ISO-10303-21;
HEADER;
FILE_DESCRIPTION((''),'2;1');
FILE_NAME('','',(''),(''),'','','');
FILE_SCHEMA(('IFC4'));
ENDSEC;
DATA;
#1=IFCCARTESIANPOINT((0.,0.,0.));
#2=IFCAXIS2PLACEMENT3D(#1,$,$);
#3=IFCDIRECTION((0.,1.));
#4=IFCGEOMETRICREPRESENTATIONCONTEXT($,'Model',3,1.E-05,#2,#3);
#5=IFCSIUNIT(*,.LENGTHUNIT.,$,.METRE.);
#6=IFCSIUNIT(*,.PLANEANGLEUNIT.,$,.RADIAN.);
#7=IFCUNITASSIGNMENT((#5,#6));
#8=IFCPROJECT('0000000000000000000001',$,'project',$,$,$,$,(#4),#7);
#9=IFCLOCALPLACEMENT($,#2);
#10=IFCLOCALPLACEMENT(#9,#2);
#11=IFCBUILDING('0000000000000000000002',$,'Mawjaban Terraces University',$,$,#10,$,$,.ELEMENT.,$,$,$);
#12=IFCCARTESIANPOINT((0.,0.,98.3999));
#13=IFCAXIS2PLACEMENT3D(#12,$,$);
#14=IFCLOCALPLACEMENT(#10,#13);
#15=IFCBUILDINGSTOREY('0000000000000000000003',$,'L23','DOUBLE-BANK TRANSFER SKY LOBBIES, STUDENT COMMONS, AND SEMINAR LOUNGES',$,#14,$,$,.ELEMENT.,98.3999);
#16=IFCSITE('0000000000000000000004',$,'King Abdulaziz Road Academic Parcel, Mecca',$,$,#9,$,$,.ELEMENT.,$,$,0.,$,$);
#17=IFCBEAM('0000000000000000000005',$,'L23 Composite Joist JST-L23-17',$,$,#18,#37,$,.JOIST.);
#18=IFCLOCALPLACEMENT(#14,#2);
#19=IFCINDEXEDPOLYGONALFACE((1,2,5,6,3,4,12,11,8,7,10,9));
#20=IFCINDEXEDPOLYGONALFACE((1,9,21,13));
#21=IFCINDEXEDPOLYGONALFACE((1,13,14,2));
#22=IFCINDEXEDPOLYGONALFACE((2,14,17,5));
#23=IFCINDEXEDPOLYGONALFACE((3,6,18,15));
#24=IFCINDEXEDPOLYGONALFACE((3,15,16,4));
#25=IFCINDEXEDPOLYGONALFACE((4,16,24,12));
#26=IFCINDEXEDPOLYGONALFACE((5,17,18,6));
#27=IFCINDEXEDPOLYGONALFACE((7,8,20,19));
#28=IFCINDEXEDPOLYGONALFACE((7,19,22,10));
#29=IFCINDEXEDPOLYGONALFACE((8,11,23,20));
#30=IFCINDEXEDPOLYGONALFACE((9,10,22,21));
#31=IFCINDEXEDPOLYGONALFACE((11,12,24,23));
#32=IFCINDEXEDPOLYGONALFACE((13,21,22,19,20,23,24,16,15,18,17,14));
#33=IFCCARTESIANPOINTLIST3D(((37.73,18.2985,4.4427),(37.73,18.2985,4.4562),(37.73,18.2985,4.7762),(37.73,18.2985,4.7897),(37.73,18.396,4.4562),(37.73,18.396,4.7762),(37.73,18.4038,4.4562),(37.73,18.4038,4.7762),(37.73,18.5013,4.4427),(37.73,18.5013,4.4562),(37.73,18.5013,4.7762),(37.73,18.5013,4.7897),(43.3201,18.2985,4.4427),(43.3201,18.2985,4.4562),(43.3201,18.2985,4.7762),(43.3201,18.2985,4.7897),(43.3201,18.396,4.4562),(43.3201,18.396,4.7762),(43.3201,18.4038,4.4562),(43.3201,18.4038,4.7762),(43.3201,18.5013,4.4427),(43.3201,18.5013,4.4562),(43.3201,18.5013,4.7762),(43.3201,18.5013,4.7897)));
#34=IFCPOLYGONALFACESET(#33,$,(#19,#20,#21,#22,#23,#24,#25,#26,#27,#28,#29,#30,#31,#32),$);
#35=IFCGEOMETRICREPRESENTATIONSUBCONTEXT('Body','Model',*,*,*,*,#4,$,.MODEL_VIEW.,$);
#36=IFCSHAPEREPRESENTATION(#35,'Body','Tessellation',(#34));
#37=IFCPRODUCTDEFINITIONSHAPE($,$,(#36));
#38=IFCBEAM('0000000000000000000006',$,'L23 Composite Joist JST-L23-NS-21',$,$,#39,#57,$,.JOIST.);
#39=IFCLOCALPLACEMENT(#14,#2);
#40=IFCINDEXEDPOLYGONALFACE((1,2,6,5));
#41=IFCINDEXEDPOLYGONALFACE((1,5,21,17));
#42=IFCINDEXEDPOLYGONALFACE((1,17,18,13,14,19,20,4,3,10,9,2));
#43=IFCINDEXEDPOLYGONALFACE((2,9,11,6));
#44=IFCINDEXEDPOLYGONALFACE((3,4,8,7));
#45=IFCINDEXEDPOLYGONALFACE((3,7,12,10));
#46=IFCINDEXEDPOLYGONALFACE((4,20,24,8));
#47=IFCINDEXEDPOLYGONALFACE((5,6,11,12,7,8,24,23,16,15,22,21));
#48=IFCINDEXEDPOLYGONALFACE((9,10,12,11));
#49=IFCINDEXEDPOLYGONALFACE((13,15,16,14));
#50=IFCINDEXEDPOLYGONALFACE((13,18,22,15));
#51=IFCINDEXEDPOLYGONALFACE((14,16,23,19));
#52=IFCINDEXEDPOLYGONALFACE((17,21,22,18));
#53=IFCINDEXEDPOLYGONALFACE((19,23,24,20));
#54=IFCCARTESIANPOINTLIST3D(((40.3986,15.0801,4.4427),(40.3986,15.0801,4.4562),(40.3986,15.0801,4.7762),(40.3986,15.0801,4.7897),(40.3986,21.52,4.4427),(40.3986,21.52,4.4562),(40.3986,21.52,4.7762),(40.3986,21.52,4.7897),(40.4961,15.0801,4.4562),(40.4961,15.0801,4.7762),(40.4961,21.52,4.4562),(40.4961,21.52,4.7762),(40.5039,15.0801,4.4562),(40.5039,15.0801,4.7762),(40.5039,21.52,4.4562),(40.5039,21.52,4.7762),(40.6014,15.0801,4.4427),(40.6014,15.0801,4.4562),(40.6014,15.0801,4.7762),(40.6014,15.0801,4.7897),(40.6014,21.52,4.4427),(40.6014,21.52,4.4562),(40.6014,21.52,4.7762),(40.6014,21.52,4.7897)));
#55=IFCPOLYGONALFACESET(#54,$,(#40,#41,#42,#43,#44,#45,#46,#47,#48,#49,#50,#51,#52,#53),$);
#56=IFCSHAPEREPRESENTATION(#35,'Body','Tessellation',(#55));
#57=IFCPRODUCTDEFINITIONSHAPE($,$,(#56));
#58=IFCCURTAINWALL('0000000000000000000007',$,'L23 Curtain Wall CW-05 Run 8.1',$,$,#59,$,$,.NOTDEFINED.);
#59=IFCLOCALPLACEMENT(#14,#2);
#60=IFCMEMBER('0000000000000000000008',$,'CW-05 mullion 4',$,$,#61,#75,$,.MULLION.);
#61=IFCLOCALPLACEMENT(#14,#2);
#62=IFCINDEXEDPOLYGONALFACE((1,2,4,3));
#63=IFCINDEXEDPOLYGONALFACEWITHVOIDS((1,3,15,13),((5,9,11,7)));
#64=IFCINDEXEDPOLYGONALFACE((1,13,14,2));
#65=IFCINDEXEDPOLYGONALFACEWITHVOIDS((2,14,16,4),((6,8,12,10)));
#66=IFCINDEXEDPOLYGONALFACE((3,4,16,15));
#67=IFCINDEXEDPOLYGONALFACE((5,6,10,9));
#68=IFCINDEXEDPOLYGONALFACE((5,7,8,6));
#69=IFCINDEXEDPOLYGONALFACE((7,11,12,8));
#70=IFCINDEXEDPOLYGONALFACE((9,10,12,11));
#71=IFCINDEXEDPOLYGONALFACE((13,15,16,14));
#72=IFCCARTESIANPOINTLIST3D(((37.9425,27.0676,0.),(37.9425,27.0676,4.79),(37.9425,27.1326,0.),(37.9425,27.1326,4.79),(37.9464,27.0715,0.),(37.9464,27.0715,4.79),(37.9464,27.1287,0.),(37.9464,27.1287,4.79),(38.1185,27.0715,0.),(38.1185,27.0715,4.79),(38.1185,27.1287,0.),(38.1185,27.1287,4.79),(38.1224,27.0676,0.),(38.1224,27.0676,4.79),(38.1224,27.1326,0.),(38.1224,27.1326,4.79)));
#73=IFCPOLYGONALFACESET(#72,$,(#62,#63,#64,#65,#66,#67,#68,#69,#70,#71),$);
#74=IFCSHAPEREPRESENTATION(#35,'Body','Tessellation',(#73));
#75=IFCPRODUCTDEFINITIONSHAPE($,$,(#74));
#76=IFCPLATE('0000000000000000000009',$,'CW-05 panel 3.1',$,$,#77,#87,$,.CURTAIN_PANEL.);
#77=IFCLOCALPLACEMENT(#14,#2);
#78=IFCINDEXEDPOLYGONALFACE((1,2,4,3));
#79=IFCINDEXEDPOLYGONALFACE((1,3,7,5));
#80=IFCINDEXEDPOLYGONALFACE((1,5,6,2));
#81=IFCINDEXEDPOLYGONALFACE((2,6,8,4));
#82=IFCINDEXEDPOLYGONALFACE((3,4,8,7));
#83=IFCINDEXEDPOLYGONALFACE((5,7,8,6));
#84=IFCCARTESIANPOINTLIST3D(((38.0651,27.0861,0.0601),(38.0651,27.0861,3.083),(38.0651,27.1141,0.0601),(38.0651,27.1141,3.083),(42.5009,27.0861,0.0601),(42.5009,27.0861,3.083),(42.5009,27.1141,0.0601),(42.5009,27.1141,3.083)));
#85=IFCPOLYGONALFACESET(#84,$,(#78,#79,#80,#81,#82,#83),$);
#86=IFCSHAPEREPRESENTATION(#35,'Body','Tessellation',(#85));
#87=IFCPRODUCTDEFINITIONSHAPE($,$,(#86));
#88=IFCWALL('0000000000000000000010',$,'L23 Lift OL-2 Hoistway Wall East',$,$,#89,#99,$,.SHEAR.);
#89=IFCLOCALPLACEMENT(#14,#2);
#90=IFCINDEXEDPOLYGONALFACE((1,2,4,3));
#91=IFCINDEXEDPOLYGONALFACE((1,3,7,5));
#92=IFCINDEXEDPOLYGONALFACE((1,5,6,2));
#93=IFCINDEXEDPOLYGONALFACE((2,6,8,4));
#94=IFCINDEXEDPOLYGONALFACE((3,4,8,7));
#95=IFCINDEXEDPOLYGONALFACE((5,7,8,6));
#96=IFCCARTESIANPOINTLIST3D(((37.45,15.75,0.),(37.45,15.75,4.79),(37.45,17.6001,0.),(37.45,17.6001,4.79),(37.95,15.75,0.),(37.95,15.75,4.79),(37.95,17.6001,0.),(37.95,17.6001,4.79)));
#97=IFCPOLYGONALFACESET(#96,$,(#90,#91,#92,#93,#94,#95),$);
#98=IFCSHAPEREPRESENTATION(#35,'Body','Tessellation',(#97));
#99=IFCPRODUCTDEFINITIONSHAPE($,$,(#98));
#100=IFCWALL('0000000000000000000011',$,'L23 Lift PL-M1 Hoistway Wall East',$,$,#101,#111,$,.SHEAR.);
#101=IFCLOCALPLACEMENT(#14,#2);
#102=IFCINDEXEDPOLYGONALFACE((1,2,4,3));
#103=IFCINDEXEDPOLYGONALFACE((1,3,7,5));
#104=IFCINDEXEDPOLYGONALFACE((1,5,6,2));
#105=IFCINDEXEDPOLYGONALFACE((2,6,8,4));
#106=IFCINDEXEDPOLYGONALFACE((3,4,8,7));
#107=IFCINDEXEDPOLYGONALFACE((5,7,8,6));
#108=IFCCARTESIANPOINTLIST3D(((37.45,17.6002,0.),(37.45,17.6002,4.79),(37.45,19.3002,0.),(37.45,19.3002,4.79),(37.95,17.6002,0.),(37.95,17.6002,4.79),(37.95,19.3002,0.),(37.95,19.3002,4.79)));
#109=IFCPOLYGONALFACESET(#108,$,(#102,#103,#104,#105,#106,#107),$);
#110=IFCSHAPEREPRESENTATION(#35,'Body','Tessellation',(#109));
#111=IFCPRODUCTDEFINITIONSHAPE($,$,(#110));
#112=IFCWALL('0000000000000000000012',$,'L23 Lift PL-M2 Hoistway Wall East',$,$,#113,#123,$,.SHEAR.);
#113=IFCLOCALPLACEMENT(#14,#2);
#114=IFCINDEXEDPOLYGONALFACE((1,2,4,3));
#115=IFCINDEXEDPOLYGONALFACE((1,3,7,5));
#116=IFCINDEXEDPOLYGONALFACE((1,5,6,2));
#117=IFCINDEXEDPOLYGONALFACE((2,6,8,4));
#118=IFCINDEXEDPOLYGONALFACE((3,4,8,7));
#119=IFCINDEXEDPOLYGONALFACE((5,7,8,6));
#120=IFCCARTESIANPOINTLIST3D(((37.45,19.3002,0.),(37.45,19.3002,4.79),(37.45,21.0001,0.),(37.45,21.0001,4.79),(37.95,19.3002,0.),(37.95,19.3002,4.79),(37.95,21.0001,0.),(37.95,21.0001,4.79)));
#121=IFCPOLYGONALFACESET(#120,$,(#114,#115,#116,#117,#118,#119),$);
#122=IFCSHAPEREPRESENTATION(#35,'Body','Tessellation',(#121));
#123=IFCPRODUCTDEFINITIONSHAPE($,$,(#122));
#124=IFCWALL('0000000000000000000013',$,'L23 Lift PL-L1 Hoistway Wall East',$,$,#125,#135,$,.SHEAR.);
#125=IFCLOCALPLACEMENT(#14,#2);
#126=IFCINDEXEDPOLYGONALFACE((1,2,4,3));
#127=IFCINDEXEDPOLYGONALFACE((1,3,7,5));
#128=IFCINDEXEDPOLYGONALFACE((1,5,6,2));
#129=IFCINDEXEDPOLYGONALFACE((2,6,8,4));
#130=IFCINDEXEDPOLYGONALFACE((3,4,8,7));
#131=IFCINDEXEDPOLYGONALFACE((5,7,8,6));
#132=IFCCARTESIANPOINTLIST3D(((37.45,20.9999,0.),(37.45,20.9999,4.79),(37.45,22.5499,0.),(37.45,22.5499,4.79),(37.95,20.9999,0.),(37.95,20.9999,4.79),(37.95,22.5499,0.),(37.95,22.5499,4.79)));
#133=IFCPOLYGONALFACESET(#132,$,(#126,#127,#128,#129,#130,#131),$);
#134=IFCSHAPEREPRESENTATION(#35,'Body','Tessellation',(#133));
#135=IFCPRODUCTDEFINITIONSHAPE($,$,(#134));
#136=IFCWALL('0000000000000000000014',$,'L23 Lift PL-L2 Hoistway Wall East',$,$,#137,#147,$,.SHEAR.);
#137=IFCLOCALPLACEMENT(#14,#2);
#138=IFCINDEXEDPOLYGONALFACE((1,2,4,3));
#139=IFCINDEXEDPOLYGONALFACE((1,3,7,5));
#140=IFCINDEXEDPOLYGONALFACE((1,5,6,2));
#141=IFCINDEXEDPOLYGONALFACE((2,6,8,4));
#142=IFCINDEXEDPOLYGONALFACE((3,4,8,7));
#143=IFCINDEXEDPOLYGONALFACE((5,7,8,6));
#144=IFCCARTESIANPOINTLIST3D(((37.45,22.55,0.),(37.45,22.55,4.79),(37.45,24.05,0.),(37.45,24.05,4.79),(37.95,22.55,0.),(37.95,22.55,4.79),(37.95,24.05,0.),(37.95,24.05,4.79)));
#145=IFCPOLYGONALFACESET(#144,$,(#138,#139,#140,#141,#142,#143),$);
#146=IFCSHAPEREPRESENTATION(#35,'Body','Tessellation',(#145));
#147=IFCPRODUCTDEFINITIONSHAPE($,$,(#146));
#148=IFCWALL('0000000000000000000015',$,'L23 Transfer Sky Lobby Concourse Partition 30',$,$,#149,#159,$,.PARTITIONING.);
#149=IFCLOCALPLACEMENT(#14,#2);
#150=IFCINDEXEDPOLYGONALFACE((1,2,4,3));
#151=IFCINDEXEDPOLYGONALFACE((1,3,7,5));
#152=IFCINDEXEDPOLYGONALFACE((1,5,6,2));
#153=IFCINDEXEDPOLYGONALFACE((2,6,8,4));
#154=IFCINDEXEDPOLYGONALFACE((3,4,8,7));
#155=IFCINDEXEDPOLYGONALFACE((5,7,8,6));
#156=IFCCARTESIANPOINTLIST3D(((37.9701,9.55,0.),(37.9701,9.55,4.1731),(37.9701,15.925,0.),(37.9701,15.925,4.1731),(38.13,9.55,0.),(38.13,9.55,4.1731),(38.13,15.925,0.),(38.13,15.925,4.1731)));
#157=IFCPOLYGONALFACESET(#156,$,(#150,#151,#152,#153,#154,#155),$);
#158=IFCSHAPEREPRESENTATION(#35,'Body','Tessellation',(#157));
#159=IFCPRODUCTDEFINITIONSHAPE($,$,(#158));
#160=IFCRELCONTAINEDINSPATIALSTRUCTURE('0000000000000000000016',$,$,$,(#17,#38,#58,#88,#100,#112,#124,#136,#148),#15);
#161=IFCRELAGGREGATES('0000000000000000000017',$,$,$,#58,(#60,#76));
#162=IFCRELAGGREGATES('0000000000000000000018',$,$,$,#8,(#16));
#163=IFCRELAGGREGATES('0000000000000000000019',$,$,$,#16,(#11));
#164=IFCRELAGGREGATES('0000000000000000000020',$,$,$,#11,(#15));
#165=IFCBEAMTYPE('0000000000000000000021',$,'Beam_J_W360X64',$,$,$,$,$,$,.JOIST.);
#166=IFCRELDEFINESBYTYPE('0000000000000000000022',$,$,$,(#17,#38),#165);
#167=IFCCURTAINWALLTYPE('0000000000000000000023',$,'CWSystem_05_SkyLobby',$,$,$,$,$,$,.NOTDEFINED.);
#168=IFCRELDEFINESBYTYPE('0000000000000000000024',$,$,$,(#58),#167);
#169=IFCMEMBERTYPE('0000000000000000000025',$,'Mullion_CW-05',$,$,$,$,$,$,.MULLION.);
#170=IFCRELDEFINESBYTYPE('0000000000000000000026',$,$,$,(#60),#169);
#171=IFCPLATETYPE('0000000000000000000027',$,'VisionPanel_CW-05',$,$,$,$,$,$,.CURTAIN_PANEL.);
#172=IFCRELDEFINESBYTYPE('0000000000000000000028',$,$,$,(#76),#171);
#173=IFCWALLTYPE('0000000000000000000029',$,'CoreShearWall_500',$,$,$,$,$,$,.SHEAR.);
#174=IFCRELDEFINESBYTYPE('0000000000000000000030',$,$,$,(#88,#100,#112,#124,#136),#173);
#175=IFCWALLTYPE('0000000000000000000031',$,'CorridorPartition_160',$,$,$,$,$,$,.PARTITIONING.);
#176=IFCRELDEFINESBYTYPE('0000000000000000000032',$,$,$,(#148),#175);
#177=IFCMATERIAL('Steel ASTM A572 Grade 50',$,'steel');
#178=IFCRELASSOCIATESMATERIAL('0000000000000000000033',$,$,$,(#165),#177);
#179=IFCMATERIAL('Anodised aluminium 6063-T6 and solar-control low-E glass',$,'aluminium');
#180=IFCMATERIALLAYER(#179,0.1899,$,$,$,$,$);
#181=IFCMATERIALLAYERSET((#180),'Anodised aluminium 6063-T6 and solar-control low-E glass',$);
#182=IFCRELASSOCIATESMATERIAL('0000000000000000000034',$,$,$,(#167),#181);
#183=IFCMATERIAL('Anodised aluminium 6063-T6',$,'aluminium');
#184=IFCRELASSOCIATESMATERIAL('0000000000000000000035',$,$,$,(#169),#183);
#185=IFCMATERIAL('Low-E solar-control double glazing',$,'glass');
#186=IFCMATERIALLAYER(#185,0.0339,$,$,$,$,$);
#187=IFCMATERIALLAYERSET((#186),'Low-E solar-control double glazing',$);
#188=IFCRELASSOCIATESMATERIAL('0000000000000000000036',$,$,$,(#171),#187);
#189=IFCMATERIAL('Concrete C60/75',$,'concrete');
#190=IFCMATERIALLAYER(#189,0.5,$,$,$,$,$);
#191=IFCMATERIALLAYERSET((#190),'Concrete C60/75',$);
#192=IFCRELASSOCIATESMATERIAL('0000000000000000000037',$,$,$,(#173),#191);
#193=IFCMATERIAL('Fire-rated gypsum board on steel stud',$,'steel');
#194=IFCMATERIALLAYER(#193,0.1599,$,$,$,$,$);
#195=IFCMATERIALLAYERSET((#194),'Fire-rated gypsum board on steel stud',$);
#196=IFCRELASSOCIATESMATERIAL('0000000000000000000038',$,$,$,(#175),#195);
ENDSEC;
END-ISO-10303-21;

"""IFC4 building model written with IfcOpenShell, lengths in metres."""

from ifc_helpers import new_model, si_unit, direction, frame, frame_2d, origin, origin_2d, place, context, subcontext, project, spatial, rectangle, hollow_rectangle, i_section, extrude, material, layer, layer_set, material_profile, profile_set, type_object, element, aggregate, save


model = new_model("IFC4")

# Units and contexts
model_context = context("Model", 3, precision=1e-05, world=origin(), true_north=direction((0.0, 1.0)))
body_context = subcontext(model_context, "Body", "Model", "MODEL_VIEW")
ifc_project = project(units=[si_unit("LENGTHUNIT", "METRE"), si_unit("PLANEANGLEUNIT", "RADIAN")], contexts=[model_context])

# Site, building, storey
site_placement = place(None, origin())
site = spatial("IfcSite", under=ifc_project, at=site_placement, Name="King Abdulaziz Road Academic Parcel, Mecca", CompositionType="ELEMENT", RefElevation=0.0)
building_placement = place(site_placement, origin())
building = spatial("IfcBuilding", under=site, at=building_placement, Name="Mawjaban Terraces University", CompositionType="ELEMENT")
storey_placement = place(building_placement, frame((0.0, 0.0, 98.3999)))
storey = spatial("IfcBuildingStorey", under=building, at=storey_placement, Name="L23", Description="DOUBLE-BANK TRANSFER SKY LOBBIES, STUDENT COMMONS, AND SEMINAR LOUNGES", CompositionType="ELEMENT", Elevation=98.3999)

# Beams
ifc_material_1 = material(Name="Steel ASTM A572 Grade 50", Category="steel")
ifc_material_profile_1 = material_profile(ifc_material_1, i_section(OverallWidth=0.2029, OverallDepth=0.3469, WebThickness=0.0078, FlangeThickness=0.0134, at=origin_2d()), Name="W360X64")
ifc_profile_set_1 = profile_set([ifc_material_profile_1], Name="Steel ASTM A572 Grade 50")
beam_type_1 = type_object("IfcBeamType", Name="Beam_J_W360X64", PredefinedType="JOIST", material=ifc_profile_set_1)
beam_1_placement = place(storey_placement, frame((37.73, 18.3999, 4.6162), z_axis=(1.0, 0.0, 0.0), x_axis=(0.0, 1.0, 0.0)))
element("IfcBeam", 1, at=beam_1_placement, inside=storey, type_object=beam_type_1, Name="L23 Composite Joist JST-L23-17", PredefinedType="JOIST", context=body_context, shape_type="SweptSolid", body=[
    extrude(i_section(OverallWidth=0.2029, OverallDepth=0.3469, WebThickness=0.0078, FlangeThickness=0.0134, at=origin_2d()), origin(), (0.0, 0.0, 1.0), 5.5901),
])
beam_2_placement = place(storey_placement, frame((40.5, 15.0801, 4.6162), z_axis=(0.0, 1.0, 0.0), x_axis=(-1.0, 0.0, 0.0)))
element("IfcBeam", 2, at=beam_2_placement, inside=storey, type_object=beam_type_1, Name="L23 Composite Joist JST-L23-NS-21", PredefinedType="JOIST", context=body_context, shape_type="SweptSolid", body=[
    extrude(i_section(OverallWidth=0.2029, OverallDepth=0.3469, WebThickness=0.0078, FlangeThickness=0.0134, at=origin_2d()), origin(), (0.0, 0.0, 1.0), 6.4399),
])

# Curtain wall, member, plate
ifc_material_2 = material(Name="Anodised aluminium 6063-T6 and solar-control low-E glass", Category="aluminium")
ifc_layer_1 = layer(ifc_material_2, 0.1899)
ifc_layer_set_1 = layer_set([ifc_layer_1], Name="Anodised aluminium 6063-T6 and solar-control low-E glass")
curtain_wall_type = type_object("IfcCurtainWallType", Name="CWSystem_05_SkyLobby", PredefinedType="NOTDEFINED", material=ifc_layer_set_1)
curtain_wall_placement = place(storey_placement, origin())
curtain_wall = element("IfcCurtainWall", 3, at=curtain_wall_placement, inside=storey, type_object=curtain_wall_type, Name="L23 Curtain Wall CW-05 Run 8.1", PredefinedType="NOTDEFINED")
ifc_material_3 = material(Name="Anodised aluminium 6063-T6", Category="aluminium")
ifc_material_profile_2 = material_profile(ifc_material_3, hollow_rectangle(XDim=0.0649, YDim=0.1799, WallThickness=0.0039, at=origin_2d()), Name="ALU180X65X4")
ifc_profile_set_2 = profile_set([ifc_material_profile_2], Name="Anodised aluminium 6063-T6")
member_type = type_object("IfcMemberType", Name="Mullion_CW-05", PredefinedType="MULLION", material=ifc_profile_set_2)
member_placement = place(storey_placement, frame((38.0325, 27.1001, 0.0), z_axis=(0.0, 0.0, 1.0), x_axis=(0.0, -1.0, 0.0)))
member = element("IfcMember", 4, at=member_placement, type_object=member_type, Name="CW-05 mullion 4", PredefinedType="MULLION", context=body_context, shape_type="SweptSolid", body=[
    extrude(hollow_rectangle(XDim=0.0649, YDim=0.1799, WallThickness=0.0039, at=origin_2d()), origin(), (0.0, 0.0, 1.0), 4.79),
])
ifc_material_4 = material(Name="Low-E solar-control double glazing", Category="glass")
ifc_layer_2 = layer(ifc_material_4, 0.0339)
ifc_layer_set_2 = layer_set([ifc_layer_2], Name="Low-E solar-control double glazing")
plate_type = type_object("IfcPlateType", Name="VisionPanel_CW-05", PredefinedType="CURTAIN_PANEL", material=ifc_layer_set_2)
plate_placement = place(storey_placement, frame((40.283, 27.1001, 0.0601), z_axis=(0.0, 0.0, 1.0), x_axis=(-1.0, 0.0, 0.0)))
plate = element("IfcPlate", 5, at=plate_placement, type_object=plate_type, Name="CW-05 panel 3.1", PredefinedType="CURTAIN_PANEL", context=body_context, shape_type="SweptSolid", body=[
    extrude(rectangle(XDim=4.4358, YDim=0.0281, at=origin_2d()), origin(), (0.0, 0.0, 1.0), 3.0229),
])
aggregate(curtain_wall, [member, plate])

# Walls
ifc_material_5 = material(Name="Concrete C60/75", Category="concrete")
ifc_layer_3 = layer(ifc_material_5, 0.5)
ifc_layer_set_3 = layer_set([ifc_layer_3], Name="Concrete C60/75")
wall_type_1 = type_object("IfcWallType", Name="CoreShearWall_500", PredefinedType="SHEAR", material=ifc_layer_set_3)
wall_1_placement = place(storey_placement, frame((37.7, 15.75, 0.0), z_axis=(0.0, 0.0, 1.0), x_axis=(0.0, 1.0, 0.0)))
element("IfcWall", 6, at=wall_1_placement, inside=storey, type_object=wall_type_1, Name="L23 Lift OL-2 Hoistway Wall East", PredefinedType="SHEAR", context=body_context, shape_type="SweptSolid", body=[
    extrude(rectangle(XDim=1.8501, YDim=0.5, at=frame_2d((0.925, 0.0))), origin(), (0.0, 0.0, 1.0), 4.79),
])
for number, where, z_axis, x_axis, name in (
    (7, (37.7, 17.6001, 0.0), (0.0, 0.0, 1.0), (0.0, 1.0, 0.0), "L23 Lift PL-M1 Hoistway Wall East"),
    (8, (37.7, 19.3, 0.0), (0.0, 0.0, 1.0), (0.0, 1.0, 0.0), "L23 Lift PL-M2 Hoistway Wall East"),
):
    element("IfcWall", number, at=place(storey_placement, frame(where, z_axis=z_axis, x_axis=x_axis)), inside=storey, type_object=wall_type_1, Name=name, PredefinedType="SHEAR", context=body_context, shape_type="SweptSolid", body=[
        extrude(rectangle(XDim=1.7, YDim=0.5, at=frame_2d((0.8501, 0.0))), origin(), (0.0, 0.0, 1.0), 4.79),
    ])
wall_2_placement = place(storey_placement, frame((37.7, 21.0, 0.0), z_axis=(0.0, 0.0, 1.0), x_axis=(0.0, 1.0, 0.0)))
element("IfcWall", 9, at=wall_2_placement, inside=storey, type_object=wall_type_1, Name="L23 Lift PL-L1 Hoistway Wall East", PredefinedType="SHEAR", context=body_context, shape_type="SweptSolid", body=[
    extrude(rectangle(XDim=1.55, YDim=0.5, at=frame_2d((0.7749, 0.0))), origin(), (0.0, 0.0, 1.0), 4.79),
])
wall_3_placement = place(storey_placement, frame((37.7, 22.55, 0.0), z_axis=(0.0, 0.0, 1.0), x_axis=(0.0, 1.0, 0.0)))
element("IfcWall", 10, at=wall_3_placement, inside=storey, type_object=wall_type_1, Name="L23 Lift PL-L2 Hoistway Wall East", PredefinedType="SHEAR", context=body_context, shape_type="SweptSolid", body=[
    extrude(rectangle(XDim=1.5, YDim=0.5, at=frame_2d((0.75, 0.0))), origin(), (0.0, 0.0, 1.0), 4.79),
])
ifc_material_6 = material(Name="Fire-rated gypsum board on steel stud", Category="steel")
ifc_layer_4 = layer(ifc_material_6, 0.1599)
ifc_layer_set_4 = layer_set([ifc_layer_4], Name="Fire-rated gypsum board on steel stud")
wall_type_2 = type_object("IfcWallType", Name="CorridorPartition_160", PredefinedType="PARTITIONING", material=ifc_layer_set_4)
wall_4_placement = place(storey_placement, frame((38.05, 15.925, 0.0), z_axis=(0.0, 0.0, 1.0), x_axis=(0.0, -1.0, 0.0)))
element("IfcWall", 11, at=wall_4_placement, inside=storey, type_object=wall_type_2, Name="L23 Transfer Sky Lobby Concourse Partition 30", PredefinedType="PARTITIONING", context=body_context, shape_type="SweptSolid", body=[
    extrude(rectangle(XDim=6.375, YDim=0.1599, at=frame_2d((3.1875, 0.0))), origin(), (0.0, 0.0, 1.0), 4.1731),
])

save(model, "model.ifc")
